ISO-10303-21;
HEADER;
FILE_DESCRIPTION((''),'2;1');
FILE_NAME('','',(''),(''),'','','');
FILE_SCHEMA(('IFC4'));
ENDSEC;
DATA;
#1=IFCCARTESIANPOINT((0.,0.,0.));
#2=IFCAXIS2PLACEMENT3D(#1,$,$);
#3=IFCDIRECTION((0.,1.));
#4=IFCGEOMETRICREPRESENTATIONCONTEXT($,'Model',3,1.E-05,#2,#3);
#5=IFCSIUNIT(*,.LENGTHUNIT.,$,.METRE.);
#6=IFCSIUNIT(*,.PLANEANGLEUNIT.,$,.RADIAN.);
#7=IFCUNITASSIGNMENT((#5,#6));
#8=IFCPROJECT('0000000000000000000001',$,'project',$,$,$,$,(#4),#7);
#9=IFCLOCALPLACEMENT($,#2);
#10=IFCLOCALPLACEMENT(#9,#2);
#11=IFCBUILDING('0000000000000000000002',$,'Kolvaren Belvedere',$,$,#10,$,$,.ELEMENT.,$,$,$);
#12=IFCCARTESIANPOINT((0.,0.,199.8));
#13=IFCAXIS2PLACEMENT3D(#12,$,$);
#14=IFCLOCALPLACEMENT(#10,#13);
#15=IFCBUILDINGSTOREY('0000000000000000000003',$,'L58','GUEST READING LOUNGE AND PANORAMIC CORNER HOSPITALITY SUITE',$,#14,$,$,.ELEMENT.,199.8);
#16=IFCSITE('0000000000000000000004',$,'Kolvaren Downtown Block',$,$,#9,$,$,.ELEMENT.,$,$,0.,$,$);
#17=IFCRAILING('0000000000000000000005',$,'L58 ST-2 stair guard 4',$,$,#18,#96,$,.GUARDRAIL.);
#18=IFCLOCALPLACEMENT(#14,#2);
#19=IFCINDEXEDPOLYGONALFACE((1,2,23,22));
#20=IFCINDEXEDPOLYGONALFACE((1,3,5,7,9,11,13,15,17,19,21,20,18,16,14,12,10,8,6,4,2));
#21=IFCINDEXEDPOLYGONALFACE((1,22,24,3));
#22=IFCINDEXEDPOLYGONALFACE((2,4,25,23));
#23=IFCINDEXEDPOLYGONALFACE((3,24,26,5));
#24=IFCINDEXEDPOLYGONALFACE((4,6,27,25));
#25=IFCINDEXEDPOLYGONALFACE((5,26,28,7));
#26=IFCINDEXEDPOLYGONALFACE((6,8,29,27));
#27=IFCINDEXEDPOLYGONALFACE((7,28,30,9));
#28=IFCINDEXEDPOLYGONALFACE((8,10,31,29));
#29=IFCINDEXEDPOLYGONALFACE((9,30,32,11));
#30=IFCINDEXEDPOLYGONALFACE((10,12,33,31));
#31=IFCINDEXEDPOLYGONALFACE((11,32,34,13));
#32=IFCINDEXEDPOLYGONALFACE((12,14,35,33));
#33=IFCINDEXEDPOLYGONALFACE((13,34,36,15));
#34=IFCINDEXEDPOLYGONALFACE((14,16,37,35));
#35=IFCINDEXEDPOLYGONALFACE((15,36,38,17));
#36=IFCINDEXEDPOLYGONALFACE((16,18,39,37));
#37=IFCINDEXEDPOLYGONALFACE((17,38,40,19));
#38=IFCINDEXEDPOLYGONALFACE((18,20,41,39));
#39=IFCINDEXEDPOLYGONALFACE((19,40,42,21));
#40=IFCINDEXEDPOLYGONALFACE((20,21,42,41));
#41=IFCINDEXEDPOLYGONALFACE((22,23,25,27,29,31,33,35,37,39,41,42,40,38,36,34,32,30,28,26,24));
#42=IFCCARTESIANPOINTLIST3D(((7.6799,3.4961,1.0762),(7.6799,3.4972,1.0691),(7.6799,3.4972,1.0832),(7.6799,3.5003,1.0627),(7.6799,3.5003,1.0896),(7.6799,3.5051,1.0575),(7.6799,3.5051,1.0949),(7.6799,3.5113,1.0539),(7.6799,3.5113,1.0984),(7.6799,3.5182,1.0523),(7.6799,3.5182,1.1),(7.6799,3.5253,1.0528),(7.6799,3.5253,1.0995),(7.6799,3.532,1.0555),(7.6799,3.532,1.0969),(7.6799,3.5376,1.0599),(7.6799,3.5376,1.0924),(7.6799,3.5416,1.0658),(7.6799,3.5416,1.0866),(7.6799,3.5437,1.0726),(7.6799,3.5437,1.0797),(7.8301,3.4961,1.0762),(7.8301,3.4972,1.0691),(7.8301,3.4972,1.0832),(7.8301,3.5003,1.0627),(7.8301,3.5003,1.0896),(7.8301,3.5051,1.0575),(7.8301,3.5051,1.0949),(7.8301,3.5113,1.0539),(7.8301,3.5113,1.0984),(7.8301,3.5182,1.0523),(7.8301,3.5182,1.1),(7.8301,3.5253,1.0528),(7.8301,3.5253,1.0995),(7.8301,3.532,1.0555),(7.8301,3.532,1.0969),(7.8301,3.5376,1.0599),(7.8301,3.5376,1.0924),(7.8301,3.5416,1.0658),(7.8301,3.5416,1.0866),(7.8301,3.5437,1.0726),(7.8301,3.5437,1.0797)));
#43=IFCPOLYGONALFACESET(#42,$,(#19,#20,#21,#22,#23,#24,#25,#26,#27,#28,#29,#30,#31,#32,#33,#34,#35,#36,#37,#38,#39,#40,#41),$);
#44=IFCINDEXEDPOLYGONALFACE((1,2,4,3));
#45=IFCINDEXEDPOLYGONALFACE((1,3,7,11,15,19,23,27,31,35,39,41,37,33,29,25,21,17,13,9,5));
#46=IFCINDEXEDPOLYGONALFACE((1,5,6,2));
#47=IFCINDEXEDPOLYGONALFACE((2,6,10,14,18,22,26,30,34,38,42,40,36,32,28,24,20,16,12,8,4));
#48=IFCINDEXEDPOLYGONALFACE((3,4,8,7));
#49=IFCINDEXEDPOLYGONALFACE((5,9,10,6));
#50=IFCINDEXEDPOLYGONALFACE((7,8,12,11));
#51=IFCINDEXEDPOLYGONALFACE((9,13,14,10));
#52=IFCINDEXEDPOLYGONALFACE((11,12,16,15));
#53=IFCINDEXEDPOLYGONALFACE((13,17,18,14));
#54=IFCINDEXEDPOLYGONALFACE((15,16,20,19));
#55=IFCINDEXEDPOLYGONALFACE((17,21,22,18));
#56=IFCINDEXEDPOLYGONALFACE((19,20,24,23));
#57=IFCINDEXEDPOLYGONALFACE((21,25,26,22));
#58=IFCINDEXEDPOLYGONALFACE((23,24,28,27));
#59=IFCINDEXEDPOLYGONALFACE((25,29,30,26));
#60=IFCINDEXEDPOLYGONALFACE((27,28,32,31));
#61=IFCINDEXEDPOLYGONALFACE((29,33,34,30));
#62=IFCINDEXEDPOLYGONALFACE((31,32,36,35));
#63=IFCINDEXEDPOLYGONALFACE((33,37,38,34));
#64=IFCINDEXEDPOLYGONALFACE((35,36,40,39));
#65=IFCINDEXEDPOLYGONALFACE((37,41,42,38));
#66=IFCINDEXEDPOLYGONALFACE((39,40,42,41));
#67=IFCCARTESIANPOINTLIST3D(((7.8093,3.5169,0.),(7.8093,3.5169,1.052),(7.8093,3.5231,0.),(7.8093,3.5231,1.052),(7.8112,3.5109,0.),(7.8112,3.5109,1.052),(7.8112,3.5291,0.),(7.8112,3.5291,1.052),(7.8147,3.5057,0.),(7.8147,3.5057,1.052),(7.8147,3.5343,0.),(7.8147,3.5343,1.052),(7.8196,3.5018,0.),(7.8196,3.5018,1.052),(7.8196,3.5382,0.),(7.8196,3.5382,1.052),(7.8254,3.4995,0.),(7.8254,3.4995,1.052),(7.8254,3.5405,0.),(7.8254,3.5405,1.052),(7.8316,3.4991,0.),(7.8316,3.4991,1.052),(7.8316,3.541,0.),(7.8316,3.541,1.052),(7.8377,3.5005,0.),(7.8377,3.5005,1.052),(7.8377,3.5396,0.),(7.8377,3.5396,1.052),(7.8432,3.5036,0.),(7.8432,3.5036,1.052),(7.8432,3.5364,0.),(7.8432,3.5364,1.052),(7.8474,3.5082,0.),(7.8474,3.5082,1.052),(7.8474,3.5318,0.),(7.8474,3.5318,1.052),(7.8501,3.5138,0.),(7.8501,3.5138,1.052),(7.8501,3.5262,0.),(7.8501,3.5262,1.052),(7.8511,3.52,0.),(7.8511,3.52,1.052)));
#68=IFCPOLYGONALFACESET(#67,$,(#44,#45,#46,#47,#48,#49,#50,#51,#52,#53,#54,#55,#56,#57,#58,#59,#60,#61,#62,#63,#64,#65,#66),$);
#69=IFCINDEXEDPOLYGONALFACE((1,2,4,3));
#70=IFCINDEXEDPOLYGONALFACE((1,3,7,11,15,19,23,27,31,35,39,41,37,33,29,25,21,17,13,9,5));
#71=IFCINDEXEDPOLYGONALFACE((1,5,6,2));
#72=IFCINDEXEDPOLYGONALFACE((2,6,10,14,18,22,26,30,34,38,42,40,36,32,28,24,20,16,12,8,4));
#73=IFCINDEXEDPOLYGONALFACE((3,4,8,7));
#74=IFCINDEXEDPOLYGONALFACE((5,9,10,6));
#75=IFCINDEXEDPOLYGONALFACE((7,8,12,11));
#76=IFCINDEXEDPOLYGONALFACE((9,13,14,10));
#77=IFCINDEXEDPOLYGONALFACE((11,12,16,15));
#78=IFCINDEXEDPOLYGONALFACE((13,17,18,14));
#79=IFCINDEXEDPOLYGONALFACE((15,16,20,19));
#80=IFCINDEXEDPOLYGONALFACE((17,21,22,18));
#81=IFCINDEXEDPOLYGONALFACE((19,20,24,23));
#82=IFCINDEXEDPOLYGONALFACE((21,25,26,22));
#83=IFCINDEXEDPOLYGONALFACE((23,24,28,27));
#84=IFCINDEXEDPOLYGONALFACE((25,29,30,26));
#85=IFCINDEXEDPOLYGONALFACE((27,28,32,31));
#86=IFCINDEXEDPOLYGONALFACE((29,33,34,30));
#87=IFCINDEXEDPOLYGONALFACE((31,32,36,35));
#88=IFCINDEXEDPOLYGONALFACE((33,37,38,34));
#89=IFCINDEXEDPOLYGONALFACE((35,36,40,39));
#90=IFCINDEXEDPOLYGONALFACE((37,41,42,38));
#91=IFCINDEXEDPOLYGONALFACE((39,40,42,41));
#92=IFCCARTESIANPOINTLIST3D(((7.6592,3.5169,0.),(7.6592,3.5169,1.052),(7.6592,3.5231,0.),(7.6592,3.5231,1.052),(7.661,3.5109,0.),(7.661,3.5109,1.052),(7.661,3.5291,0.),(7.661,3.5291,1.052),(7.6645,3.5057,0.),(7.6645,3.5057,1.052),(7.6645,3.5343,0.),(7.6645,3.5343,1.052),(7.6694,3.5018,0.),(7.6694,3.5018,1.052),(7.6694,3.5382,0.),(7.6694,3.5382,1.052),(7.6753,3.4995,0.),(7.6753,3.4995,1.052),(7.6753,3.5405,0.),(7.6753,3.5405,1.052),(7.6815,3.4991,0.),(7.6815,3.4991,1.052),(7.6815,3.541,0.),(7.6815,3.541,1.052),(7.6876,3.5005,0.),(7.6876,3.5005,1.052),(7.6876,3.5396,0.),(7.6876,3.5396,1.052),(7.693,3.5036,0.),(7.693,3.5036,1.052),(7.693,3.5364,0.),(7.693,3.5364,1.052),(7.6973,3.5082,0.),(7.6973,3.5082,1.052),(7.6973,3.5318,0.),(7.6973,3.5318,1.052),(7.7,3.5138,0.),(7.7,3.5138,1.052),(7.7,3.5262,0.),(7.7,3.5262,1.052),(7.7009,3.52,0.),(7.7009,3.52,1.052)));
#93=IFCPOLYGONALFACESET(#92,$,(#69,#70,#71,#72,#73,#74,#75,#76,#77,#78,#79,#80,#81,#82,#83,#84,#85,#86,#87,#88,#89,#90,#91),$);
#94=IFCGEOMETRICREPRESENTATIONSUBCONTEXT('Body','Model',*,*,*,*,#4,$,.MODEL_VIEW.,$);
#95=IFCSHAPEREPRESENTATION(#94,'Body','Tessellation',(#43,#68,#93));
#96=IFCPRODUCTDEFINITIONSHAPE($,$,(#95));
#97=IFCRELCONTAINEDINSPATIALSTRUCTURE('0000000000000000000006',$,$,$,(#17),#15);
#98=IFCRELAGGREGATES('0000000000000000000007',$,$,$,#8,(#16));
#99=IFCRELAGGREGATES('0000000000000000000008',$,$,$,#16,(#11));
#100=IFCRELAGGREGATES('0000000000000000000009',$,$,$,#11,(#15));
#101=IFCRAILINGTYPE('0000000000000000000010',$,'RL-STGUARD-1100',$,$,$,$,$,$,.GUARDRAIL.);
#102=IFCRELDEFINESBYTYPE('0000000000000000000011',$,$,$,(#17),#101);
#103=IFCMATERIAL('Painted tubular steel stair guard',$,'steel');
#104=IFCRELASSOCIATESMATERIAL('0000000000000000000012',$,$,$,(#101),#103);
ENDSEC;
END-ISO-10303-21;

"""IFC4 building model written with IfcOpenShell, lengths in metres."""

from ifc_helpers import new_model, si_unit, direction, frame, origin, origin_2d, place, context, subcontext, project, spatial, circle, extrude, material, type_object, element, save


model = new_model("IFC4")

# Units and contexts
model_context = context("Model", 3, precision=1e-05, world=origin(), true_north=direction((0.0, 1.0)))
body_context = subcontext(model_context, "Body", "Model", "MODEL_VIEW")
ifc_project = project(units=[si_unit("LENGTHUNIT", "METRE"), si_unit("PLANEANGLEUNIT", "RADIAN")], contexts=[model_context])

# Site, building, storey
site_placement = place(None, origin())
site = spatial("IfcSite", under=ifc_project, at=site_placement, Name="Kolvaren Downtown Block", CompositionType="ELEMENT", RefElevation=0.0)
building_placement = place(site_placement, origin())
building = spatial("IfcBuilding", under=site, at=building_placement, Name="Kolvaren Belvedere", CompositionType="ELEMENT")
storey_placement = place(building_placement, frame((0.0, 0.0, 199.8)))
storey = spatial("IfcBuildingStorey", under=building, at=storey_placement, Name="L58", Description="GUEST READING LOUNGE AND PANORAMIC CORNER HOSPITALITY SUITE", CompositionType="ELEMENT", Elevation=199.8)

# Railing
ifc_material_1 = material(Name="Painted tubular steel stair guard", Category="steel")
railing_type_1 = type_object("IfcRailingType", Name="RL-STGUARD-1100", PredefinedType="GUARDRAIL", material=ifc_material_1)
railing_1_placement = place(storey_placement, frame((7.8301, 3.52, 0.0)))
element("IfcRailing", 1, at=railing_1_placement, inside=storey, type_object=railing_type_1, Name="L58 ST-2 stair guard 4", PredefinedType="GUARDRAIL", context=body_context, shape_type="SweptSolid", body=[
    extrude(circle(Radius=0.0239, at=origin_2d()), frame((0.0, 0.0, 1.0762), z_axis=(-1.0, 0.0, 0.0), x_axis=(0.0, -1.0, 0.0)), (0.0, 0.0, 1.0), 0.1501),
    extrude(circle(Radius=0.021, at=origin_2d()), origin(), (0.0, 0.0, 1.0), 1.052),
    extrude(circle(Radius=0.021, at=origin_2d()), frame((-0.1501, 0.0, 0.0)), (0.0, 0.0, 1.0), 1.052),
])

save(model, "model.ifc")
